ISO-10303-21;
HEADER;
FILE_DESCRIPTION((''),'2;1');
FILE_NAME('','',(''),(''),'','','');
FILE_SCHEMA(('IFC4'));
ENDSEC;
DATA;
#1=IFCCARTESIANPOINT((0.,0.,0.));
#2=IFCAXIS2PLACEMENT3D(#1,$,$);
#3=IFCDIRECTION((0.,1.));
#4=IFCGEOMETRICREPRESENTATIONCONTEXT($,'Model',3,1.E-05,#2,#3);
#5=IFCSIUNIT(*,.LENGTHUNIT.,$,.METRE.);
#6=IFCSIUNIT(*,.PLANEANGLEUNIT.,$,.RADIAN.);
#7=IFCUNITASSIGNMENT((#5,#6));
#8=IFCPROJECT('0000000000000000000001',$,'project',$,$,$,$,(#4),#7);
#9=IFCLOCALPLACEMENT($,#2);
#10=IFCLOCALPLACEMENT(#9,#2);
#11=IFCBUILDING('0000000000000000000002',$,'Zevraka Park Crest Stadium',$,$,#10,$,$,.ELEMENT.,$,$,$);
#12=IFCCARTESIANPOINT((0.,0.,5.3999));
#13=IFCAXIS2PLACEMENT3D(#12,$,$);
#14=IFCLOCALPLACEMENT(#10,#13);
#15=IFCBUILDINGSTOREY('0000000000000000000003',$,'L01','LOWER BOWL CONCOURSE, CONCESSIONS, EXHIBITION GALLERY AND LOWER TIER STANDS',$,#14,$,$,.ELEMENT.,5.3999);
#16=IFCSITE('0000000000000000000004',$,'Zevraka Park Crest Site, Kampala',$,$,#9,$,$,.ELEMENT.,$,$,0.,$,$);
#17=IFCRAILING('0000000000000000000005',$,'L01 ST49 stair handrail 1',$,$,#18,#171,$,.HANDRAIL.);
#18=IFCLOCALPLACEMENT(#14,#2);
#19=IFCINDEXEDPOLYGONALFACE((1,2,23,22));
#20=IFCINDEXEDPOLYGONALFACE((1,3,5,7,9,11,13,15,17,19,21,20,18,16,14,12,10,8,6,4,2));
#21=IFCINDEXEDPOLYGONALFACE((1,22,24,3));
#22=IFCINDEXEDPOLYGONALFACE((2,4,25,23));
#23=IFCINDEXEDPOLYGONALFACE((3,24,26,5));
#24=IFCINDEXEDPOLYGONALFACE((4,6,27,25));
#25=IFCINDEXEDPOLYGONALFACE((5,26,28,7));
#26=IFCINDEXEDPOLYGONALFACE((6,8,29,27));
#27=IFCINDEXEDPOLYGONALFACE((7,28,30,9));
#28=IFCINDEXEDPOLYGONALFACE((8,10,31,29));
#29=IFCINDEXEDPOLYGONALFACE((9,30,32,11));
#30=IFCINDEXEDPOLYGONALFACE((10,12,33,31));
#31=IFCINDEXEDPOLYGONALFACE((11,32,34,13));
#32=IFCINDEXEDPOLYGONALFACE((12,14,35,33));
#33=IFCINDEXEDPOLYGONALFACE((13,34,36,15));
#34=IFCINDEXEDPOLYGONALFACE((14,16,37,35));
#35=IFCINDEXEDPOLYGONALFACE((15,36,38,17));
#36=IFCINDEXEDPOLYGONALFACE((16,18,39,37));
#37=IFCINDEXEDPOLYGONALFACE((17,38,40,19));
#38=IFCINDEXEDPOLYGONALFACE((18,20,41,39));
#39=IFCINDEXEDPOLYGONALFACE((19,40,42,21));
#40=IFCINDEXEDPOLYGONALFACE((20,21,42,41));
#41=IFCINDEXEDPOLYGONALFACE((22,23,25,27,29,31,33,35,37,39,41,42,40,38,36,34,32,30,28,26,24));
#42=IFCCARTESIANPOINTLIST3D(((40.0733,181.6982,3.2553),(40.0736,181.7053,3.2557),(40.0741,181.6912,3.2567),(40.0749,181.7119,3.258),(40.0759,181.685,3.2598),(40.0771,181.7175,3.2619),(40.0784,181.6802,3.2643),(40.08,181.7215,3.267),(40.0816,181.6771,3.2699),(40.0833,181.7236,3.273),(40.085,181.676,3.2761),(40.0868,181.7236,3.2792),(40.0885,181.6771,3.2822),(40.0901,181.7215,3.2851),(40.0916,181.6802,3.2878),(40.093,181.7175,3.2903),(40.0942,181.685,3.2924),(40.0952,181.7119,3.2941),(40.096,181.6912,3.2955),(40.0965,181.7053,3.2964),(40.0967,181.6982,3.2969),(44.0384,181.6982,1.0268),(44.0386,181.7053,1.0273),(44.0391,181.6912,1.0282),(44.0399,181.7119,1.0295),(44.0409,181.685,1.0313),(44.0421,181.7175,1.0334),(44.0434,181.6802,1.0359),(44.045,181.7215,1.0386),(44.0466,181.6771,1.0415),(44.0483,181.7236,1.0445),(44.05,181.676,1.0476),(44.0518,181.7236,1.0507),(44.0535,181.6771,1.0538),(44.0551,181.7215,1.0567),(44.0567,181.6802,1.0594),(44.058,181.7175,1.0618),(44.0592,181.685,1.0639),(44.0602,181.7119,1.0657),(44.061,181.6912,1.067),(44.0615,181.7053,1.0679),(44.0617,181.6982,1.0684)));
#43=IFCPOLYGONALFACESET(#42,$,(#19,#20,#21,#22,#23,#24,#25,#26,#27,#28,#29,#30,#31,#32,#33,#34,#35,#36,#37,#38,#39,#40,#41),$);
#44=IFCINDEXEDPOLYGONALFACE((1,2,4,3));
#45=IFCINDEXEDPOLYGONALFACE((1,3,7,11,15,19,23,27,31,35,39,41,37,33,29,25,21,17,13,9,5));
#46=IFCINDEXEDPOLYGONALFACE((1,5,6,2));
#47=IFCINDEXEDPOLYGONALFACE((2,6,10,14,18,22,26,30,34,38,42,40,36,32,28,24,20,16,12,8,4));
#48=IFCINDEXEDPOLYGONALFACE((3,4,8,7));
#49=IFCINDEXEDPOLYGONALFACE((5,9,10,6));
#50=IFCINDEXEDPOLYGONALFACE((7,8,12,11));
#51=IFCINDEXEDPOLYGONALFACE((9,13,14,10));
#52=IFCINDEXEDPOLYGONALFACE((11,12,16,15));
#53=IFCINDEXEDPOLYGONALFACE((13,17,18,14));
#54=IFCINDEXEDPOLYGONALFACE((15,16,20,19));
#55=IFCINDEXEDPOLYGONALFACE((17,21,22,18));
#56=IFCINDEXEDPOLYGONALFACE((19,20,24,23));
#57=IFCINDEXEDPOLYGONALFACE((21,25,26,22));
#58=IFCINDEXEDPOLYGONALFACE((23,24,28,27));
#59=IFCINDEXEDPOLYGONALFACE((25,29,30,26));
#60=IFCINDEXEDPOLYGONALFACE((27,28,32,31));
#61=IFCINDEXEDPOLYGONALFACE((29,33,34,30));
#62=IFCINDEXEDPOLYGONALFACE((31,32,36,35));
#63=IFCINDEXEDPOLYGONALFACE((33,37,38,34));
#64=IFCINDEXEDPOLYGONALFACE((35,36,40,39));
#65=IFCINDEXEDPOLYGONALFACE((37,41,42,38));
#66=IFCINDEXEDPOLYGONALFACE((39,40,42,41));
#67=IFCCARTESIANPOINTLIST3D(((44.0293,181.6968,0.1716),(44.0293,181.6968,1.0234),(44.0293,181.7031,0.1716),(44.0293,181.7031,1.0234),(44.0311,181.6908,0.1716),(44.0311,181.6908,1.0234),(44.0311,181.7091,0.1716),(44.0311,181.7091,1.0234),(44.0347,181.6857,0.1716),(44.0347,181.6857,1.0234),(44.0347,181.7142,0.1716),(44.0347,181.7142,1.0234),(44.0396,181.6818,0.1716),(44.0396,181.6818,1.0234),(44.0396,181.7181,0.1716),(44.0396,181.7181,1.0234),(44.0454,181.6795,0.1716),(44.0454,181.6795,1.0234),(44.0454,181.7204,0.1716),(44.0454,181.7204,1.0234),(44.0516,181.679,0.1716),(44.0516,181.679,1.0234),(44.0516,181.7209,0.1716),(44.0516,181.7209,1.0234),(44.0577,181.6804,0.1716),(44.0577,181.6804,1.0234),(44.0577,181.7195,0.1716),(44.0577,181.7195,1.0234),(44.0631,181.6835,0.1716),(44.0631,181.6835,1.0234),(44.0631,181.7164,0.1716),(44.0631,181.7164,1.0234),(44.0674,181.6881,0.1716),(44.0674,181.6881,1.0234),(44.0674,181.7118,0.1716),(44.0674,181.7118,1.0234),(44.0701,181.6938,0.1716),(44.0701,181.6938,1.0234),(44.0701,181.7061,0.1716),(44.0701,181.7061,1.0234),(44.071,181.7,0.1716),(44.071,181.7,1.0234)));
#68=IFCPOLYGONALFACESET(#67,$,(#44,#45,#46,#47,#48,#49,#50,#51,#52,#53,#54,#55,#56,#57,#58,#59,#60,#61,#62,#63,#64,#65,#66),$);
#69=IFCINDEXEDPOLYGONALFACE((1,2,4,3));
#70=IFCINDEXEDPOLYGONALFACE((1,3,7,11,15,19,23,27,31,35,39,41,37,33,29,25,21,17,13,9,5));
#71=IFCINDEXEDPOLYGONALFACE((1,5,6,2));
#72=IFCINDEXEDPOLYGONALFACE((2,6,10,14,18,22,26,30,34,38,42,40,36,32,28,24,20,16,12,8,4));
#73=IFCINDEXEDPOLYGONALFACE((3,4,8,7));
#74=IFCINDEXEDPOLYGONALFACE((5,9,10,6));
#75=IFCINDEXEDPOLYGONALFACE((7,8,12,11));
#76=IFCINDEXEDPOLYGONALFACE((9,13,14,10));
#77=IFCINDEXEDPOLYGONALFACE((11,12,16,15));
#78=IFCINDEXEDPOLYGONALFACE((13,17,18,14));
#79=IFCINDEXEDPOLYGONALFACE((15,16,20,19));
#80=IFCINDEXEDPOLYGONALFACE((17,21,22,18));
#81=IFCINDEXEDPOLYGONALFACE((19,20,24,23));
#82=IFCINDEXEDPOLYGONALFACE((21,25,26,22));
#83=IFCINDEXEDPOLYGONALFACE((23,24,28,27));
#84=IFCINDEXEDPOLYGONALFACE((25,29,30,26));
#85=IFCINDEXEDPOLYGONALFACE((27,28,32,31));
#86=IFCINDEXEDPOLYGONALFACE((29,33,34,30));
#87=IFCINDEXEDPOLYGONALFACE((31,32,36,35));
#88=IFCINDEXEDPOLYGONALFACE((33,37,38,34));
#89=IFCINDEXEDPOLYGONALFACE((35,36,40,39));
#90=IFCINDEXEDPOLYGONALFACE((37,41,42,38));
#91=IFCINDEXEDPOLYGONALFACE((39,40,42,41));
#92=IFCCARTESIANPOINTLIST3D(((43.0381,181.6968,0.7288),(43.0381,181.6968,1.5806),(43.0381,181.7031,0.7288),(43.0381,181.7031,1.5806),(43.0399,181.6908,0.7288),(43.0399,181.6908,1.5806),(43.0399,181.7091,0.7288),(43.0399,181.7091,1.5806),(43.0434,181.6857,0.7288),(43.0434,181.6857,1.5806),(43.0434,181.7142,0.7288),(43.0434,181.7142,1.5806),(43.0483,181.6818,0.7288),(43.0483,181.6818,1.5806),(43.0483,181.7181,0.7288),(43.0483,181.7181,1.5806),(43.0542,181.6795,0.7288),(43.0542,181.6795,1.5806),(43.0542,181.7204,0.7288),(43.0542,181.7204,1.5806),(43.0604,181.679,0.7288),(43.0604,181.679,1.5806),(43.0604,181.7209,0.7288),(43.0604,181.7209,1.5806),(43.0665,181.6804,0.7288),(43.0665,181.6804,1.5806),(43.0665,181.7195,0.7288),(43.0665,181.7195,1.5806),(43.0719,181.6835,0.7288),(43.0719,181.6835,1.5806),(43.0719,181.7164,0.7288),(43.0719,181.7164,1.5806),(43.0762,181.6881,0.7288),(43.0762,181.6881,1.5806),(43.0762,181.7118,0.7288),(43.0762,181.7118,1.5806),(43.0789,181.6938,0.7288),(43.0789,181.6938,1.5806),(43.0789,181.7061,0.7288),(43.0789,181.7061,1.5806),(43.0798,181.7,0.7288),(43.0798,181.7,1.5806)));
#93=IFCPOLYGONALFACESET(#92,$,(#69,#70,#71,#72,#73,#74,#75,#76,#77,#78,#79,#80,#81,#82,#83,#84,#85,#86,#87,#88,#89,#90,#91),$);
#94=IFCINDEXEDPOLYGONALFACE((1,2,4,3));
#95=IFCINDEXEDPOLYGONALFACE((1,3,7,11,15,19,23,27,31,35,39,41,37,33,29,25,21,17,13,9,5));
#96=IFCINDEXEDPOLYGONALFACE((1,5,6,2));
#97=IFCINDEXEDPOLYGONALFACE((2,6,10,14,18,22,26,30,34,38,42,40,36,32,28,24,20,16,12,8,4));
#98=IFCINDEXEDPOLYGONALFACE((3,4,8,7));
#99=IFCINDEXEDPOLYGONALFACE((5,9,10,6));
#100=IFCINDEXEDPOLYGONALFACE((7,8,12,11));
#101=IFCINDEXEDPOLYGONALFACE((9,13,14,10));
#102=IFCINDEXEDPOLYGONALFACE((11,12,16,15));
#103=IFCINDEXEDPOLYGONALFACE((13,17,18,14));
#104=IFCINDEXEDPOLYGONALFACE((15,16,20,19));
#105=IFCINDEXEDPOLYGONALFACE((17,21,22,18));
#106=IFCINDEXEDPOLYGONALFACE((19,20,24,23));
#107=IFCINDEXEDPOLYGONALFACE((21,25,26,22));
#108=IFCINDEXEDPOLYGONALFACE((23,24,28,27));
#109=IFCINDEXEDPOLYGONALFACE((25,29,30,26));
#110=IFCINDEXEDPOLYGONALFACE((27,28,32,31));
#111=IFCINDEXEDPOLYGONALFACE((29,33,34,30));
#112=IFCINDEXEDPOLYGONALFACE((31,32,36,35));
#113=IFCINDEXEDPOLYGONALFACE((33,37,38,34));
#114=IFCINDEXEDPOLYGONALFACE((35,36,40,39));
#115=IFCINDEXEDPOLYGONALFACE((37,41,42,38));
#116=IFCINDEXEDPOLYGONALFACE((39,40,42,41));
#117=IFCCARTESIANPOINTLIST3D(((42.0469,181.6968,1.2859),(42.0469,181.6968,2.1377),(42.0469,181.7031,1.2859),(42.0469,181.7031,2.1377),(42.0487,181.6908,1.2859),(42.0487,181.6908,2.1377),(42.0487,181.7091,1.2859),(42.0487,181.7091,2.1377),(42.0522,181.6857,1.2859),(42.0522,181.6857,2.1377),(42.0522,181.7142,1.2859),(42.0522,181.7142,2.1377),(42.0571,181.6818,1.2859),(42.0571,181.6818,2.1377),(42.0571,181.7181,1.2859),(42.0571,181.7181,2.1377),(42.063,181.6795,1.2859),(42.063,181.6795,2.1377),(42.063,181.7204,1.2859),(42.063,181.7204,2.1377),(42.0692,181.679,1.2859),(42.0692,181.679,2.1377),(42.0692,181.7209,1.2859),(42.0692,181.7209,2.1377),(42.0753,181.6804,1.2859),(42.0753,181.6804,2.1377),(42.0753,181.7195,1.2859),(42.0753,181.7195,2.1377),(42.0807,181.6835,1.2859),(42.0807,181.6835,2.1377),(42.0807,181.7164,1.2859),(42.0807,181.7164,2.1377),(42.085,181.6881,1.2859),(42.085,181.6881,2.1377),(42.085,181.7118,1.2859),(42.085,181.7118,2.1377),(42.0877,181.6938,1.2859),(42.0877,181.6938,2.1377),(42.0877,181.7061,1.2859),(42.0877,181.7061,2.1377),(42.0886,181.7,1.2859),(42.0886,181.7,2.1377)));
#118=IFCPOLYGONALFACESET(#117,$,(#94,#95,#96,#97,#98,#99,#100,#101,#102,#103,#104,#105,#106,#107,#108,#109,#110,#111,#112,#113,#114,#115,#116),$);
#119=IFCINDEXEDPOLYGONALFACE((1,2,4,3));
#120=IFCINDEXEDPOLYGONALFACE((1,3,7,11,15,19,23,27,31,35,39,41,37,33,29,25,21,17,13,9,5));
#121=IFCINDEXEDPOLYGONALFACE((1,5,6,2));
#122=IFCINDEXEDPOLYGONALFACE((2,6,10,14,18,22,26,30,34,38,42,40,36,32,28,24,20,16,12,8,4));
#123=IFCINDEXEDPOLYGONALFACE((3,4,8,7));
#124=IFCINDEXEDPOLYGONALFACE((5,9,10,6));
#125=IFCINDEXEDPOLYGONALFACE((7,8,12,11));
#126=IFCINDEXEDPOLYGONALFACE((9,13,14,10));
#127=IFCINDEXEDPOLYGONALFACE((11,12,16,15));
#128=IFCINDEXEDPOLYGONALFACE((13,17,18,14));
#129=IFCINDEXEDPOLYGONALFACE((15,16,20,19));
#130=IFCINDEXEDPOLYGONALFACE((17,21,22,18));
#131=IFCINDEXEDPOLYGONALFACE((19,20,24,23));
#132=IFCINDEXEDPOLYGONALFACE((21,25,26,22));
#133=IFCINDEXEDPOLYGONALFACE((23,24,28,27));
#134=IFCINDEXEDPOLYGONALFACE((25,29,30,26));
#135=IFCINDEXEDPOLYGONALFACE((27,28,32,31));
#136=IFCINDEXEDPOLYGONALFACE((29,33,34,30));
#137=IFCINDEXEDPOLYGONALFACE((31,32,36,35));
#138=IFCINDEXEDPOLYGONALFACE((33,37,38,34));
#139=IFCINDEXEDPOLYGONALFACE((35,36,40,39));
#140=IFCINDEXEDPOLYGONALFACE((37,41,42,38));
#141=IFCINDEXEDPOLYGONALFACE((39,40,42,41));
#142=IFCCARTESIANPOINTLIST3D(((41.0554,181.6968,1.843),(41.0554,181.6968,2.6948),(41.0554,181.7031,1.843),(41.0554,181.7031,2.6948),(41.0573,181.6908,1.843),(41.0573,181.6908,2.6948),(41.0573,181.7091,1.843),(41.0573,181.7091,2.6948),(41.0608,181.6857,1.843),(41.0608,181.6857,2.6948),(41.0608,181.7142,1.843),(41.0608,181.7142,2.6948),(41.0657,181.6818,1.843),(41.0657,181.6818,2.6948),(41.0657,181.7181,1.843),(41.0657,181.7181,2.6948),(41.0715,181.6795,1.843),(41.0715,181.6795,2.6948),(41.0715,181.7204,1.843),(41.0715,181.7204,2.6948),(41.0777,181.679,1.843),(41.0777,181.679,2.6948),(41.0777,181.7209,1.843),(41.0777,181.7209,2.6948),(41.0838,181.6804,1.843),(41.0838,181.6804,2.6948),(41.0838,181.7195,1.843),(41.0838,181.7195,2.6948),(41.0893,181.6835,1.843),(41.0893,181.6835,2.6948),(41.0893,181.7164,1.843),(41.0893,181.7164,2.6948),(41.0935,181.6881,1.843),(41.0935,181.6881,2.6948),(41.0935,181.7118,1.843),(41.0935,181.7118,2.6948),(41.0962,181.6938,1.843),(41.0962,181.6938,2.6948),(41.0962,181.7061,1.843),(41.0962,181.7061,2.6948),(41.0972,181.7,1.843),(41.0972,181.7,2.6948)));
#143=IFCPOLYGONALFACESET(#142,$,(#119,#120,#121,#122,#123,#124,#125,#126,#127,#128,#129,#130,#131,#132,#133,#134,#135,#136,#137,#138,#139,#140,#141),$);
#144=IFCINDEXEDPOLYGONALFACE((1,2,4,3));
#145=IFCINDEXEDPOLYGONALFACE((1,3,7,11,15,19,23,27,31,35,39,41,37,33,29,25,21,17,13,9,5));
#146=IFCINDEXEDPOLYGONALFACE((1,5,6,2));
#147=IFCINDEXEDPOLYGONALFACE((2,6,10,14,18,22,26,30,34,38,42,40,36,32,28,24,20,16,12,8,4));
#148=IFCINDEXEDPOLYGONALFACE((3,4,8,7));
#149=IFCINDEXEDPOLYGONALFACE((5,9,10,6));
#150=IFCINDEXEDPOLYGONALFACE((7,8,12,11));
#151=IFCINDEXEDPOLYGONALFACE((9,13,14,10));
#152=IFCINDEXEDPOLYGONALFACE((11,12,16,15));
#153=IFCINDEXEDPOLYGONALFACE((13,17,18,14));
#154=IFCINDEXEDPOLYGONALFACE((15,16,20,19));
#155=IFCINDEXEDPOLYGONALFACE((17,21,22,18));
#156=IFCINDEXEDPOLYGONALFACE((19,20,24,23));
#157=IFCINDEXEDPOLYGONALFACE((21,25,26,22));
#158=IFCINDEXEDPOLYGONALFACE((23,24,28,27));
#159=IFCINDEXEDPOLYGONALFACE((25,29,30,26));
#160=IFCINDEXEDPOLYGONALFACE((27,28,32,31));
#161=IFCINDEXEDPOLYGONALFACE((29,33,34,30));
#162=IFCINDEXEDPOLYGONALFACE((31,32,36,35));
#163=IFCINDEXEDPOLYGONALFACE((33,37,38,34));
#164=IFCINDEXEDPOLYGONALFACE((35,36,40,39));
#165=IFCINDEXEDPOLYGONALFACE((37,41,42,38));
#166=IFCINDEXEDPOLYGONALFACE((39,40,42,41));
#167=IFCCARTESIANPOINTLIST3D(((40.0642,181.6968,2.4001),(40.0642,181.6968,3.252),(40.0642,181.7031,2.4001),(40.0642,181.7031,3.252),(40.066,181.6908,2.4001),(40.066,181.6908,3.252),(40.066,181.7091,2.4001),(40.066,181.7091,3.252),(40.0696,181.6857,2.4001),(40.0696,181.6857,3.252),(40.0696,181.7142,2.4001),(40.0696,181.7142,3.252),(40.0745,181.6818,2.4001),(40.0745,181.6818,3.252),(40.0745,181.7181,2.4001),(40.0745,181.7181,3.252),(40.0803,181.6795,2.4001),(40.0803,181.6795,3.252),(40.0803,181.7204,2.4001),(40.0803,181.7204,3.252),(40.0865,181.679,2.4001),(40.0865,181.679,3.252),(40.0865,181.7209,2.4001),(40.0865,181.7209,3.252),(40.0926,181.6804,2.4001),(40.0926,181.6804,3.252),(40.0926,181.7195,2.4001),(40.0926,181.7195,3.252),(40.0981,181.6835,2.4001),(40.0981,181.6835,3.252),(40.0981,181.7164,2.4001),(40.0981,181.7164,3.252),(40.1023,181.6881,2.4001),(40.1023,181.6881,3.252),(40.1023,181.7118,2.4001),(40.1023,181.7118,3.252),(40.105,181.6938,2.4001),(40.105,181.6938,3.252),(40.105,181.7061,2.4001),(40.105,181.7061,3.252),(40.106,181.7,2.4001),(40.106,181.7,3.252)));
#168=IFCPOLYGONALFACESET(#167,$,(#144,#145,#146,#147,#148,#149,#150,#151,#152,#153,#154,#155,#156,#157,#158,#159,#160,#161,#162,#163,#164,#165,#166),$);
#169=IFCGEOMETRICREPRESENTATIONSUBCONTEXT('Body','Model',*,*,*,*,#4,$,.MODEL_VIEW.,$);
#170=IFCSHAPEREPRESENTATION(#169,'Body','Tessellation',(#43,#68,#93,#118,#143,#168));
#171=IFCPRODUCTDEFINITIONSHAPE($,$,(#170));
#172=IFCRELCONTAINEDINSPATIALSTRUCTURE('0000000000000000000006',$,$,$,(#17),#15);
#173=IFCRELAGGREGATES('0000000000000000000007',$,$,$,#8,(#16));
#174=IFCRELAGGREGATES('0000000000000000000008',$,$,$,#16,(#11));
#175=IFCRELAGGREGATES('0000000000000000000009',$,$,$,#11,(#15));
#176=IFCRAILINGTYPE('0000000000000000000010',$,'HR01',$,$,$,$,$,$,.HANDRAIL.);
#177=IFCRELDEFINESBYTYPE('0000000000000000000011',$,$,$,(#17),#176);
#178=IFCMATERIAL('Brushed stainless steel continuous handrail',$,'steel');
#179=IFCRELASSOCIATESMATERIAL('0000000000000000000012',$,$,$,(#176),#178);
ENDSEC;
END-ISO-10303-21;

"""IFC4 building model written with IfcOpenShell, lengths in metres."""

from ifc_helpers import new_model, si_unit, direction, frame, origin, origin_2d, place, context, subcontext, project, spatial, circle, extrude, material, type_object, element, save


model = new_model("IFC4")

# Units and contexts
model_context = context("Model", 3, precision=1e-05, world=origin(), true_north=direction((0.0, 1.0)))
body_context = subcontext(model_context, "Body", "Model", "MODEL_VIEW")
ifc_project = project(units=[si_unit("LENGTHUNIT", "METRE"), si_unit("PLANEANGLEUNIT", "RADIAN")], contexts=[model_context])

# Site, building, storey
site_placement = place(None, origin())
site = spatial("IfcSite", under=ifc_project, at=site_placement, Name="Zevraka Park Crest Site, Kampala", CompositionType="ELEMENT", RefElevation=0.0)
building_placement = place(site_placement, origin())
building = spatial("IfcBuilding", under=site, at=building_placement, Name="Zevraka Park Crest Stadium", CompositionType="ELEMENT")
storey_placement = place(building_placement, frame((0.0, 0.0, 5.3999)))
storey = spatial("IfcBuildingStorey", under=building, at=storey_placement, Name="L01", Description="LOWER BOWL CONCOURSE, CONCESSIONS, EXHIBITION GALLERY AND LOWER TIER STANDS", CompositionType="ELEMENT", Elevation=5.3999)

# Railing
ifc_material_1 = material(Name="Brushed stainless steel continuous handrail", Category="steel")
railing_type_1 = type_object("IfcRailingType", Name="HR01", PredefinedType="HANDRAIL", material=ifc_material_1)
railing_1_placement = place(storey_placement, frame((44.05, 181.7, 0.1716)))
element("IfcRailing", 1, at=railing_1_placement, inside=storey, type_object=railing_type_1, Name="L01 ST49 stair handrail 1", PredefinedType="HANDRAIL", context=body_context, shape_type="SweptSolid", body=[
    extrude(circle(Radius=0.0239, at=origin_2d()), frame((0.0, 0.0, 0.876), z_axis=(-0.871749, 0.0, 0.489953), x_axis=(0.0, -1.0, 0.0)), (0.0, 0.0, 1.0), 4.5483),
    extrude(circle(Radius=0.021, at=origin_2d()), origin(), (0.0, 0.0, 1.0), 0.8518),
    extrude(circle(Radius=0.021, at=origin_2d()), frame((-0.9912, 0.0, 0.5571)), (0.0, 0.0, 1.0), 0.8518),
    extrude(circle(Radius=0.021, at=origin_2d()), frame((-1.9824, 0.0, 1.1143)), (0.0, 0.0, 1.0), 0.8518),
    extrude(circle(Radius=0.021, at=origin_2d()), frame((-2.9739, 0.0, 1.6714)), (0.0, 0.0, 1.0), 0.8518),
    extrude(circle(Radius=0.021, at=origin_2d()), frame((-3.9651, 0.0, 2.2285)), (0.0, 0.0, 1.0), 0.8518),
])

save(model, "model.ifc")
